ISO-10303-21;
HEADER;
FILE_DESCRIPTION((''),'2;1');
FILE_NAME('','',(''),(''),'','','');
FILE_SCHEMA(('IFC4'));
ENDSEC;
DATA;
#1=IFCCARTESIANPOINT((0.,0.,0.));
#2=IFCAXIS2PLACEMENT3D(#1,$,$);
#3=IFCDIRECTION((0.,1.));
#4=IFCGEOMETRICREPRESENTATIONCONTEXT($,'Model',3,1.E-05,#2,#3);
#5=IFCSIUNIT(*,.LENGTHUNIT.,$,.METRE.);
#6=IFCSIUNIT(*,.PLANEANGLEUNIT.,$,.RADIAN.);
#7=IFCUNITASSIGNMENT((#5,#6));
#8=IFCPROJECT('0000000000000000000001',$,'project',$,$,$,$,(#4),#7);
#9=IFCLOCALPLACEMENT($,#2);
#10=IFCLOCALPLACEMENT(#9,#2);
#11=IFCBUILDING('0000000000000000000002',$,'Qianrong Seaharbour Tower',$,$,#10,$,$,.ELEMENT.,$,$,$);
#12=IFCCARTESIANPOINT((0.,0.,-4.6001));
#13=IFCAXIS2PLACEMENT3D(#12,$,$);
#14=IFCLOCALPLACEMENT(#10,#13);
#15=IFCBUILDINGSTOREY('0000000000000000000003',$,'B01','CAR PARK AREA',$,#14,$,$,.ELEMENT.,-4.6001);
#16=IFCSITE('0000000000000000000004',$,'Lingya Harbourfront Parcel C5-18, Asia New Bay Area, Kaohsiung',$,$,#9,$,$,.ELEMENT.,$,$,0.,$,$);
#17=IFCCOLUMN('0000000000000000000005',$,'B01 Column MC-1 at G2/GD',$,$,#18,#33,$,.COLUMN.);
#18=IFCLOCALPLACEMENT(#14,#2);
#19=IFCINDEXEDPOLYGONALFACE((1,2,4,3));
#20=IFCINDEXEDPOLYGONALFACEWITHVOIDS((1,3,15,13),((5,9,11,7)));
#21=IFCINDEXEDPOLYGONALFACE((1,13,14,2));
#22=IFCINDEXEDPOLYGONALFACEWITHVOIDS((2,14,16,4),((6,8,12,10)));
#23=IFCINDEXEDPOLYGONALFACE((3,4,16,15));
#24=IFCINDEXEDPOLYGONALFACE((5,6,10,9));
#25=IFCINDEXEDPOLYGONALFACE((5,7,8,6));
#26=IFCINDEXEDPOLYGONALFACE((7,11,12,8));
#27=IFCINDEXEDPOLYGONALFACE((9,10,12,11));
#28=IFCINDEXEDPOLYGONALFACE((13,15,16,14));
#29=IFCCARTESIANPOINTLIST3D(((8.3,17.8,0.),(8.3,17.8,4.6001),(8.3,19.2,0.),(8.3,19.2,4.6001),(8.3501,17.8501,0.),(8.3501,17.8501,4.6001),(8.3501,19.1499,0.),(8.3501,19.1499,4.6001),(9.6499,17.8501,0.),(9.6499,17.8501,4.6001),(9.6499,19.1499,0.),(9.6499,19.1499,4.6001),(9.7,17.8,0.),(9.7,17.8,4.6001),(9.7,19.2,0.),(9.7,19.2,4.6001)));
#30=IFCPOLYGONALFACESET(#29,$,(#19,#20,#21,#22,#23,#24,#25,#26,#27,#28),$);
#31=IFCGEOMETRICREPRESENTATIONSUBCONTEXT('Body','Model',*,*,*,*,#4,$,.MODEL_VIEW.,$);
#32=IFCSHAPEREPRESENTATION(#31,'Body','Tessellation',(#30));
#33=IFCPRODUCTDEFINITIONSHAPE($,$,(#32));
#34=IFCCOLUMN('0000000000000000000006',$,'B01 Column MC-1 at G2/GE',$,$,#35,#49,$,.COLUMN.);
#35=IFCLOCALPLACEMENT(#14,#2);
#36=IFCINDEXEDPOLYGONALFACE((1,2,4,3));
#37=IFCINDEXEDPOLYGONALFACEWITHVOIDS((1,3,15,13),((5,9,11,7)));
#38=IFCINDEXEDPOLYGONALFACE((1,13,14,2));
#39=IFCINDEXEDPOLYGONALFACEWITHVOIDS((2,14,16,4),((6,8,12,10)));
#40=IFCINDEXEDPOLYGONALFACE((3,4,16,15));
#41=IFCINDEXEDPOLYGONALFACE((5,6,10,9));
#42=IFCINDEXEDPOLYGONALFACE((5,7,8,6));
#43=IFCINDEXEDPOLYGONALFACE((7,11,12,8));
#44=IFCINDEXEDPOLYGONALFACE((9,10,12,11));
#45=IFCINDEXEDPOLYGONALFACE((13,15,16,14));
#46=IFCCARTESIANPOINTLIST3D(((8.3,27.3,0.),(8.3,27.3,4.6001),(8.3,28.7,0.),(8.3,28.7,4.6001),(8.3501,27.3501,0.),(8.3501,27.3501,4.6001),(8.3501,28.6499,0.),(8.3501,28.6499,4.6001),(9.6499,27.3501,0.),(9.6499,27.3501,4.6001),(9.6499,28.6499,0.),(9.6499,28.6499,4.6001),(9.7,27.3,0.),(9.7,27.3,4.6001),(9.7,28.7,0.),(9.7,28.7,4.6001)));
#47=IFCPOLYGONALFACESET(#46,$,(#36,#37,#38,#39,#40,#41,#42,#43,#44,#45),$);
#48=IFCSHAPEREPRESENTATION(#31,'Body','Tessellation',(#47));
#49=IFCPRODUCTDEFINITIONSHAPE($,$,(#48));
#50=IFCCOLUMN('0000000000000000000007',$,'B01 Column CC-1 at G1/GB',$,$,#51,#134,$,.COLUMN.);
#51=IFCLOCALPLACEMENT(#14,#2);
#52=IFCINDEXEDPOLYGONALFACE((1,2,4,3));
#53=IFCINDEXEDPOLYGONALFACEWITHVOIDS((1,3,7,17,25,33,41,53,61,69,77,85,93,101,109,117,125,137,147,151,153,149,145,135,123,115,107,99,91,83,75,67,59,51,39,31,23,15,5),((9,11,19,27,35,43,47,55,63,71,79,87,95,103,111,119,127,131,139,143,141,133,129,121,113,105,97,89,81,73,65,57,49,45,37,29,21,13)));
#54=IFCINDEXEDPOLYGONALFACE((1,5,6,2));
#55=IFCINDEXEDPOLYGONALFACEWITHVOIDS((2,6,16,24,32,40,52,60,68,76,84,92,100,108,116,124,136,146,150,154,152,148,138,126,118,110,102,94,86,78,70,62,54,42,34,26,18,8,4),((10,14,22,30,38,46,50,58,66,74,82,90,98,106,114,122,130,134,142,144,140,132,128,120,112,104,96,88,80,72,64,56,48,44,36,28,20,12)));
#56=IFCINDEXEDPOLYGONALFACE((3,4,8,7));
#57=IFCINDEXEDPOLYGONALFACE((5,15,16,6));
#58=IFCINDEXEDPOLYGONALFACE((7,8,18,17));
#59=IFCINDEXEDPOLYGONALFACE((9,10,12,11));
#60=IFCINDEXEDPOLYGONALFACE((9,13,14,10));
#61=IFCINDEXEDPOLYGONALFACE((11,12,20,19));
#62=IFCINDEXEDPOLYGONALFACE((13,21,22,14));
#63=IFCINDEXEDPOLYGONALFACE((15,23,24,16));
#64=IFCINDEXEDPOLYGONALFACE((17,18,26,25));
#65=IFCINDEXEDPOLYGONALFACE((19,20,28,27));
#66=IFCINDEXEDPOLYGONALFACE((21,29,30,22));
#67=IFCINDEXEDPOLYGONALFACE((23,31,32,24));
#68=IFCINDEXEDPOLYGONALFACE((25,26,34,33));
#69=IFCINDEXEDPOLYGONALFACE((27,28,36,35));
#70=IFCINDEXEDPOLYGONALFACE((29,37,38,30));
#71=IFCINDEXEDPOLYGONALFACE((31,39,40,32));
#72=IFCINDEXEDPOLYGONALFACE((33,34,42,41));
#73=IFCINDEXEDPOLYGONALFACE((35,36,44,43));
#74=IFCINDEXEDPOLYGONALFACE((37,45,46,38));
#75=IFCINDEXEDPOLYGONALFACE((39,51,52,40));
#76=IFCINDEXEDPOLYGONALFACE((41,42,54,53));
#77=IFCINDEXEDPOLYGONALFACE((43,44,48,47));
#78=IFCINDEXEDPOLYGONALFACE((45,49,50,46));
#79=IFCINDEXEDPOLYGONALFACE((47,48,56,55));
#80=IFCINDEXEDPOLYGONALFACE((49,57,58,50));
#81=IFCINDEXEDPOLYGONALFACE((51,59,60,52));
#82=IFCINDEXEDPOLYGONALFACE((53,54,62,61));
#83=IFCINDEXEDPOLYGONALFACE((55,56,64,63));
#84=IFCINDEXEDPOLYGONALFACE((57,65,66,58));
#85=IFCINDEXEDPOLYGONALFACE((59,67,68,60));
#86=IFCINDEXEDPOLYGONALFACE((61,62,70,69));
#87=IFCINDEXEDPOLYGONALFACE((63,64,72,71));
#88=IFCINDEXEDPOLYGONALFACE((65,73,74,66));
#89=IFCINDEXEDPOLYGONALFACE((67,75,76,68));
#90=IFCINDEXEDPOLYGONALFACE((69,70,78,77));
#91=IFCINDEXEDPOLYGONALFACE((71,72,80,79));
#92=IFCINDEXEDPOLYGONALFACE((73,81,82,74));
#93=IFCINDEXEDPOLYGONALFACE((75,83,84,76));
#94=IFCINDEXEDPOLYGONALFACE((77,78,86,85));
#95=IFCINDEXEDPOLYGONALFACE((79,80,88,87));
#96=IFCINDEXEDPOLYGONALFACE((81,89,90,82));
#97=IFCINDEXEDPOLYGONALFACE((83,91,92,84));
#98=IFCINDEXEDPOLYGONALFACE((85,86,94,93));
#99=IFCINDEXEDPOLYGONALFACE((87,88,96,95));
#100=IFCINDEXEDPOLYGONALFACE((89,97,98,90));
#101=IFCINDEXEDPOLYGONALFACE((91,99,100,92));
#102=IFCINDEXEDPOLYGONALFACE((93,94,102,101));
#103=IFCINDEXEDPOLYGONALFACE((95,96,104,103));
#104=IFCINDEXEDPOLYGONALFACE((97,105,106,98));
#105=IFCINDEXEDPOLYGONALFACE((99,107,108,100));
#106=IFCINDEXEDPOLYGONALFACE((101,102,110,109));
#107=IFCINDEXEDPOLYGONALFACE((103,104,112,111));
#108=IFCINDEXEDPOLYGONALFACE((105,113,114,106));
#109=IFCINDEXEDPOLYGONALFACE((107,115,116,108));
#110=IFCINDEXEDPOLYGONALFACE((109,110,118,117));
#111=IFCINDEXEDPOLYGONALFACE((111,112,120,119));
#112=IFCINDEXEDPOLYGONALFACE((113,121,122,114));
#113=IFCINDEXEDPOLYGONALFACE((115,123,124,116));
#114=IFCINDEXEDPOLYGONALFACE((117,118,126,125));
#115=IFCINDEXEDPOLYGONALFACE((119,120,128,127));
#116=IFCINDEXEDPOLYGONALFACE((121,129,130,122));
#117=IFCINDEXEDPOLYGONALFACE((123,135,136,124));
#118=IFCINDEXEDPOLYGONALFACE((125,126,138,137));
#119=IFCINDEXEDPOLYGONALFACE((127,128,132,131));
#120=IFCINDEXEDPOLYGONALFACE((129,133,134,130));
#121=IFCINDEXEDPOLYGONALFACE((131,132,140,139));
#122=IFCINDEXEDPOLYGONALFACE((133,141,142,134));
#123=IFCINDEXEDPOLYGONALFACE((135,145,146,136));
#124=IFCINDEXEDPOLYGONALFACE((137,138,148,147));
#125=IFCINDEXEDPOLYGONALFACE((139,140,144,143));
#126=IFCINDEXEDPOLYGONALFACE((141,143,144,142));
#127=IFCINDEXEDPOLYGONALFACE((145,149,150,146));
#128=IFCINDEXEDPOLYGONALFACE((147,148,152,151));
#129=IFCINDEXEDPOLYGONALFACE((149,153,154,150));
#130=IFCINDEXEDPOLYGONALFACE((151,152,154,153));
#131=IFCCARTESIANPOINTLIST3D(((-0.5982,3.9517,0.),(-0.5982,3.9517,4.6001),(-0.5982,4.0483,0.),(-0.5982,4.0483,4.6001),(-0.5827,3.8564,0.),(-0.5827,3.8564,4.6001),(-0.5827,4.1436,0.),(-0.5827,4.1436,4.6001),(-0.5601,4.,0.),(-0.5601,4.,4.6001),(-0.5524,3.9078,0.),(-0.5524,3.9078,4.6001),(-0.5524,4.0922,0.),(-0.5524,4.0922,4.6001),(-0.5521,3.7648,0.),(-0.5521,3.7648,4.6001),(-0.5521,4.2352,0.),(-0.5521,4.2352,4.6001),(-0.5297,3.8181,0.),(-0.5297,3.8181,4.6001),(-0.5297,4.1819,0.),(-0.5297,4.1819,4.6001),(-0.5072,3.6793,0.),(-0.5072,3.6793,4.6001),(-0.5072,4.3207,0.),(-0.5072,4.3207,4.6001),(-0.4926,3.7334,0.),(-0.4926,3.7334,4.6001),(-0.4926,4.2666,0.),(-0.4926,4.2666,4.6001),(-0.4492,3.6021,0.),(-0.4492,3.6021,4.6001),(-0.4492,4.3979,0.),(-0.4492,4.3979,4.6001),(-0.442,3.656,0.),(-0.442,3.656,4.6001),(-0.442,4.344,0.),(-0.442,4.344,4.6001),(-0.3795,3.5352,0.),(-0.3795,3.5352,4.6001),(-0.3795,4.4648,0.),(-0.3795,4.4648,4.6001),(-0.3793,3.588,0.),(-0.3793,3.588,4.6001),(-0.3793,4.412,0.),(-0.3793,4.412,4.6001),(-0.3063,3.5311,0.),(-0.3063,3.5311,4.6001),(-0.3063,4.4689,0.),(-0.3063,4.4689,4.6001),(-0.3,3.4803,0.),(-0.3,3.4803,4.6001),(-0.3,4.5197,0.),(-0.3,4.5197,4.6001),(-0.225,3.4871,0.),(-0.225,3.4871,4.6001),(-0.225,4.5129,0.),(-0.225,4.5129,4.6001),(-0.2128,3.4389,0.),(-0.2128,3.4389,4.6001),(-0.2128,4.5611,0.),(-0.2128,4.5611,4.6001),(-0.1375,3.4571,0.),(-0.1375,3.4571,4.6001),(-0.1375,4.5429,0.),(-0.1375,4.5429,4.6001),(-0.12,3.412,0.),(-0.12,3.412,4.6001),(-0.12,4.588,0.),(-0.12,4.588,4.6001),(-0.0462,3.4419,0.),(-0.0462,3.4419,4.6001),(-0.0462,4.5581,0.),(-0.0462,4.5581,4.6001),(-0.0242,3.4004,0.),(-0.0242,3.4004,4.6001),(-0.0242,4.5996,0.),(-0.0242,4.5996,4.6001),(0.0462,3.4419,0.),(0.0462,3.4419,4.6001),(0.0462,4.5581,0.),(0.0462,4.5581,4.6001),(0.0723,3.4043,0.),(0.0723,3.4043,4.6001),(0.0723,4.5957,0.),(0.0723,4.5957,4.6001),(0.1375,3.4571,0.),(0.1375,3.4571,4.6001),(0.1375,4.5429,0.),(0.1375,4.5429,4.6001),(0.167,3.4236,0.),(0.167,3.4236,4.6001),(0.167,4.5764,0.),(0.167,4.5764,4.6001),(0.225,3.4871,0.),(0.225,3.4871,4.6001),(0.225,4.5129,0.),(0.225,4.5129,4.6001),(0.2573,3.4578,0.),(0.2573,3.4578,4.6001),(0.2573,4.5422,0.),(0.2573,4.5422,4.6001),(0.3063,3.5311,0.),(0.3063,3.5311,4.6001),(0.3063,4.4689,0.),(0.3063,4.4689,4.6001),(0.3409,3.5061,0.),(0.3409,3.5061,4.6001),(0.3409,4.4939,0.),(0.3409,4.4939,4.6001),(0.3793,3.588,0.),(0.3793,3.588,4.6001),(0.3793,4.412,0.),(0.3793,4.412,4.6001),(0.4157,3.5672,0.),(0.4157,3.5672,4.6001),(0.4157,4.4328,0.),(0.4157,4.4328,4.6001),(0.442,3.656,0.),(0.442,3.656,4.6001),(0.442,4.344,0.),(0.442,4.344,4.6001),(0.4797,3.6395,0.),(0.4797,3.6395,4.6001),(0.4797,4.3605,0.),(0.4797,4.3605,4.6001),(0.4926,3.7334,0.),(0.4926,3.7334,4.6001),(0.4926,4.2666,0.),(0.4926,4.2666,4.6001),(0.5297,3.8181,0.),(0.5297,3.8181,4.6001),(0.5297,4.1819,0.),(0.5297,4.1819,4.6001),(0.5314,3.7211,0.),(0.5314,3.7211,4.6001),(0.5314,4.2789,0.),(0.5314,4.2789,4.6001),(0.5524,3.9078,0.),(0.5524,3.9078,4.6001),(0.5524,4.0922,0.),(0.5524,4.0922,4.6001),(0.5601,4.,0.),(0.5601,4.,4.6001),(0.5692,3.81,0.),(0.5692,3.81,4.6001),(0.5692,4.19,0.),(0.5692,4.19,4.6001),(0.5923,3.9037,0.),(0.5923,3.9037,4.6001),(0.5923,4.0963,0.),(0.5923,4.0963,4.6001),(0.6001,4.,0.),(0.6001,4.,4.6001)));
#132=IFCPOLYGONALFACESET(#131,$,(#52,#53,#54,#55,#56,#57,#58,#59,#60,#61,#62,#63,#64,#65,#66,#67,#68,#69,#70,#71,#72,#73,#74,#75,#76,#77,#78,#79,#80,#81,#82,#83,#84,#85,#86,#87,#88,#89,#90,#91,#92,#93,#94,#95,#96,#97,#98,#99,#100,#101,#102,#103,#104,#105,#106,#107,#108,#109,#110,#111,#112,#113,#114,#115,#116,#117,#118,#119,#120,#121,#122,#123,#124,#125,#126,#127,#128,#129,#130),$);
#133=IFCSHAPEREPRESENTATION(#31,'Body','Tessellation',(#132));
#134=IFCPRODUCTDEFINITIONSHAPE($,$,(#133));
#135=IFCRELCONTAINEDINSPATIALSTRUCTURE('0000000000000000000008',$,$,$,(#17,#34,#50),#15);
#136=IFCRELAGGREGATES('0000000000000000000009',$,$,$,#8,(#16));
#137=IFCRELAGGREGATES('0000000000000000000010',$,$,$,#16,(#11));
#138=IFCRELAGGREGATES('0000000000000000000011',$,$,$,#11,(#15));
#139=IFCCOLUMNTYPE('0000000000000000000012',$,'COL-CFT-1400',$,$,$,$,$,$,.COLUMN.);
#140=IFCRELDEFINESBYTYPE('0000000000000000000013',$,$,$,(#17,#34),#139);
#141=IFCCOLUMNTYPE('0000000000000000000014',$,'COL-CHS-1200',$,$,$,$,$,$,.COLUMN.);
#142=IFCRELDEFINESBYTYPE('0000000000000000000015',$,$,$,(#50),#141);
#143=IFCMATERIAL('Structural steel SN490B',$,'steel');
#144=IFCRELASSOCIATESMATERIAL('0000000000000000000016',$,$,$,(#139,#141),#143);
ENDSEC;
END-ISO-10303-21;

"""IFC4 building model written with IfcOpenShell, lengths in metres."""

from ifc_helpers import new_model, si_unit, direction, frame, origin, origin_2d, place, context, subcontext, project, spatial, hollow_rectangle, hollow_circle, extrude, material, material_profile, profile_set, type_object, element, save


model = new_model("IFC4")

# Units and contexts
model_context = context("Model", 3, precision=1e-05, world=origin(), true_north=direction((0.0, 1.0)))
body_context = subcontext(model_context, "Body", "Model", "MODEL_VIEW")
ifc_project = project(units=[si_unit("LENGTHUNIT", "METRE"), si_unit("PLANEANGLEUNIT", "RADIAN")], contexts=[model_context])

# Site, building, storey
site_placement = place(None, origin())
site = spatial("IfcSite", under=ifc_project, at=site_placement, Name="Lingya Harbourfront Parcel C5-18, Asia New Bay Area, Kaohsiung", CompositionType="ELEMENT", RefElevation=0.0)
building_placement = place(site_placement, origin())
building = spatial("IfcBuilding", under=site, at=building_placement, Name="Qianrong Seaharbour Tower", CompositionType="ELEMENT")
storey_placement = place(building_placement, frame((0.0, 0.0, -4.6001)))
storey = spatial("IfcBuildingStorey", under=building, at=storey_placement, Name="B01", Description="CAR PARK AREA", CompositionType="ELEMENT", Elevation=-4.6001)

# Columns
ifc_material_1 = material(Name="Structural steel SN490B", Category="steel")
ifc_material_profile_1 = material_profile(ifc_material_1, hollow_rectangle(XDim=1.3999, YDim=1.3999, WallThickness=0.05, at=origin_2d()), Name="BOX1400x1400x50")
ifc_profile_set_1 = profile_set([ifc_material_profile_1], Name="Structural steel SN490B")
column_type_1 = type_object("IfcColumnType", Name="COL-CFT-1400", PredefinedType="COLUMN", material=ifc_profile_set_1)
for number, where, z_axis, x_axis, name in (
    (1, (9.0, 18.5, 0.0), (0.0, 0.0, 1.0), (1.0, 0.0, 0.0), "B01 Column MC-1 at G2/GD"),
    (2, (9.0, 28.0, 0.0), (0.0, 0.0, 1.0), (1.0, 0.0, 0.0), "B01 Column MC-1 at G2/GE"),
):
    element("IfcColumn", number, at=place(storey_placement, frame(where, z_axis=z_axis, x_axis=x_axis)), inside=storey, type_object=column_type_1, Name=name, PredefinedType="COLUMN", context=body_context, shape_type="SweptSolid", body=[
        extrude(hollow_rectangle(XDim=1.3999, YDim=1.3999, WallThickness=0.05, at=origin_2d()), origin(), (0.0, 0.0, 1.0), 4.6001),
    ])
ifc_material_profile_2 = material_profile(ifc_material_1, hollow_circle(Radius=0.6001, WallThickness=0.04, at=origin_2d()), Name="CHS1200x40")
ifc_profile_set_2 = profile_set([ifc_material_profile_2], Name="Structural steel SN490B")
column_type_2 = type_object("IfcColumnType", Name="COL-CHS-1200", PredefinedType="COLUMN", material=ifc_profile_set_2)
for number, where, z_axis, x_axis, name in (
    (3, (0.0, 4.0, 0.0), (0.0, 0.0, 1.0), (1.0, 0.0, 0.0), "B01 Column CC-1 at G1/GB"),
):
    element("IfcColumn", number, at=place(storey_placement, frame(where, z_axis=z_axis, x_axis=x_axis)), inside=storey, type_object=column_type_2, Name=name, PredefinedType="COLUMN", context=body_context, shape_type="SweptSolid", body=[
        extrude(hollow_circle(Radius=0.6001, WallThickness=0.04, at=origin_2d()), origin(), (0.0, 0.0, 1.0), 4.6001),
    ])

save(model, "model.ifc")
